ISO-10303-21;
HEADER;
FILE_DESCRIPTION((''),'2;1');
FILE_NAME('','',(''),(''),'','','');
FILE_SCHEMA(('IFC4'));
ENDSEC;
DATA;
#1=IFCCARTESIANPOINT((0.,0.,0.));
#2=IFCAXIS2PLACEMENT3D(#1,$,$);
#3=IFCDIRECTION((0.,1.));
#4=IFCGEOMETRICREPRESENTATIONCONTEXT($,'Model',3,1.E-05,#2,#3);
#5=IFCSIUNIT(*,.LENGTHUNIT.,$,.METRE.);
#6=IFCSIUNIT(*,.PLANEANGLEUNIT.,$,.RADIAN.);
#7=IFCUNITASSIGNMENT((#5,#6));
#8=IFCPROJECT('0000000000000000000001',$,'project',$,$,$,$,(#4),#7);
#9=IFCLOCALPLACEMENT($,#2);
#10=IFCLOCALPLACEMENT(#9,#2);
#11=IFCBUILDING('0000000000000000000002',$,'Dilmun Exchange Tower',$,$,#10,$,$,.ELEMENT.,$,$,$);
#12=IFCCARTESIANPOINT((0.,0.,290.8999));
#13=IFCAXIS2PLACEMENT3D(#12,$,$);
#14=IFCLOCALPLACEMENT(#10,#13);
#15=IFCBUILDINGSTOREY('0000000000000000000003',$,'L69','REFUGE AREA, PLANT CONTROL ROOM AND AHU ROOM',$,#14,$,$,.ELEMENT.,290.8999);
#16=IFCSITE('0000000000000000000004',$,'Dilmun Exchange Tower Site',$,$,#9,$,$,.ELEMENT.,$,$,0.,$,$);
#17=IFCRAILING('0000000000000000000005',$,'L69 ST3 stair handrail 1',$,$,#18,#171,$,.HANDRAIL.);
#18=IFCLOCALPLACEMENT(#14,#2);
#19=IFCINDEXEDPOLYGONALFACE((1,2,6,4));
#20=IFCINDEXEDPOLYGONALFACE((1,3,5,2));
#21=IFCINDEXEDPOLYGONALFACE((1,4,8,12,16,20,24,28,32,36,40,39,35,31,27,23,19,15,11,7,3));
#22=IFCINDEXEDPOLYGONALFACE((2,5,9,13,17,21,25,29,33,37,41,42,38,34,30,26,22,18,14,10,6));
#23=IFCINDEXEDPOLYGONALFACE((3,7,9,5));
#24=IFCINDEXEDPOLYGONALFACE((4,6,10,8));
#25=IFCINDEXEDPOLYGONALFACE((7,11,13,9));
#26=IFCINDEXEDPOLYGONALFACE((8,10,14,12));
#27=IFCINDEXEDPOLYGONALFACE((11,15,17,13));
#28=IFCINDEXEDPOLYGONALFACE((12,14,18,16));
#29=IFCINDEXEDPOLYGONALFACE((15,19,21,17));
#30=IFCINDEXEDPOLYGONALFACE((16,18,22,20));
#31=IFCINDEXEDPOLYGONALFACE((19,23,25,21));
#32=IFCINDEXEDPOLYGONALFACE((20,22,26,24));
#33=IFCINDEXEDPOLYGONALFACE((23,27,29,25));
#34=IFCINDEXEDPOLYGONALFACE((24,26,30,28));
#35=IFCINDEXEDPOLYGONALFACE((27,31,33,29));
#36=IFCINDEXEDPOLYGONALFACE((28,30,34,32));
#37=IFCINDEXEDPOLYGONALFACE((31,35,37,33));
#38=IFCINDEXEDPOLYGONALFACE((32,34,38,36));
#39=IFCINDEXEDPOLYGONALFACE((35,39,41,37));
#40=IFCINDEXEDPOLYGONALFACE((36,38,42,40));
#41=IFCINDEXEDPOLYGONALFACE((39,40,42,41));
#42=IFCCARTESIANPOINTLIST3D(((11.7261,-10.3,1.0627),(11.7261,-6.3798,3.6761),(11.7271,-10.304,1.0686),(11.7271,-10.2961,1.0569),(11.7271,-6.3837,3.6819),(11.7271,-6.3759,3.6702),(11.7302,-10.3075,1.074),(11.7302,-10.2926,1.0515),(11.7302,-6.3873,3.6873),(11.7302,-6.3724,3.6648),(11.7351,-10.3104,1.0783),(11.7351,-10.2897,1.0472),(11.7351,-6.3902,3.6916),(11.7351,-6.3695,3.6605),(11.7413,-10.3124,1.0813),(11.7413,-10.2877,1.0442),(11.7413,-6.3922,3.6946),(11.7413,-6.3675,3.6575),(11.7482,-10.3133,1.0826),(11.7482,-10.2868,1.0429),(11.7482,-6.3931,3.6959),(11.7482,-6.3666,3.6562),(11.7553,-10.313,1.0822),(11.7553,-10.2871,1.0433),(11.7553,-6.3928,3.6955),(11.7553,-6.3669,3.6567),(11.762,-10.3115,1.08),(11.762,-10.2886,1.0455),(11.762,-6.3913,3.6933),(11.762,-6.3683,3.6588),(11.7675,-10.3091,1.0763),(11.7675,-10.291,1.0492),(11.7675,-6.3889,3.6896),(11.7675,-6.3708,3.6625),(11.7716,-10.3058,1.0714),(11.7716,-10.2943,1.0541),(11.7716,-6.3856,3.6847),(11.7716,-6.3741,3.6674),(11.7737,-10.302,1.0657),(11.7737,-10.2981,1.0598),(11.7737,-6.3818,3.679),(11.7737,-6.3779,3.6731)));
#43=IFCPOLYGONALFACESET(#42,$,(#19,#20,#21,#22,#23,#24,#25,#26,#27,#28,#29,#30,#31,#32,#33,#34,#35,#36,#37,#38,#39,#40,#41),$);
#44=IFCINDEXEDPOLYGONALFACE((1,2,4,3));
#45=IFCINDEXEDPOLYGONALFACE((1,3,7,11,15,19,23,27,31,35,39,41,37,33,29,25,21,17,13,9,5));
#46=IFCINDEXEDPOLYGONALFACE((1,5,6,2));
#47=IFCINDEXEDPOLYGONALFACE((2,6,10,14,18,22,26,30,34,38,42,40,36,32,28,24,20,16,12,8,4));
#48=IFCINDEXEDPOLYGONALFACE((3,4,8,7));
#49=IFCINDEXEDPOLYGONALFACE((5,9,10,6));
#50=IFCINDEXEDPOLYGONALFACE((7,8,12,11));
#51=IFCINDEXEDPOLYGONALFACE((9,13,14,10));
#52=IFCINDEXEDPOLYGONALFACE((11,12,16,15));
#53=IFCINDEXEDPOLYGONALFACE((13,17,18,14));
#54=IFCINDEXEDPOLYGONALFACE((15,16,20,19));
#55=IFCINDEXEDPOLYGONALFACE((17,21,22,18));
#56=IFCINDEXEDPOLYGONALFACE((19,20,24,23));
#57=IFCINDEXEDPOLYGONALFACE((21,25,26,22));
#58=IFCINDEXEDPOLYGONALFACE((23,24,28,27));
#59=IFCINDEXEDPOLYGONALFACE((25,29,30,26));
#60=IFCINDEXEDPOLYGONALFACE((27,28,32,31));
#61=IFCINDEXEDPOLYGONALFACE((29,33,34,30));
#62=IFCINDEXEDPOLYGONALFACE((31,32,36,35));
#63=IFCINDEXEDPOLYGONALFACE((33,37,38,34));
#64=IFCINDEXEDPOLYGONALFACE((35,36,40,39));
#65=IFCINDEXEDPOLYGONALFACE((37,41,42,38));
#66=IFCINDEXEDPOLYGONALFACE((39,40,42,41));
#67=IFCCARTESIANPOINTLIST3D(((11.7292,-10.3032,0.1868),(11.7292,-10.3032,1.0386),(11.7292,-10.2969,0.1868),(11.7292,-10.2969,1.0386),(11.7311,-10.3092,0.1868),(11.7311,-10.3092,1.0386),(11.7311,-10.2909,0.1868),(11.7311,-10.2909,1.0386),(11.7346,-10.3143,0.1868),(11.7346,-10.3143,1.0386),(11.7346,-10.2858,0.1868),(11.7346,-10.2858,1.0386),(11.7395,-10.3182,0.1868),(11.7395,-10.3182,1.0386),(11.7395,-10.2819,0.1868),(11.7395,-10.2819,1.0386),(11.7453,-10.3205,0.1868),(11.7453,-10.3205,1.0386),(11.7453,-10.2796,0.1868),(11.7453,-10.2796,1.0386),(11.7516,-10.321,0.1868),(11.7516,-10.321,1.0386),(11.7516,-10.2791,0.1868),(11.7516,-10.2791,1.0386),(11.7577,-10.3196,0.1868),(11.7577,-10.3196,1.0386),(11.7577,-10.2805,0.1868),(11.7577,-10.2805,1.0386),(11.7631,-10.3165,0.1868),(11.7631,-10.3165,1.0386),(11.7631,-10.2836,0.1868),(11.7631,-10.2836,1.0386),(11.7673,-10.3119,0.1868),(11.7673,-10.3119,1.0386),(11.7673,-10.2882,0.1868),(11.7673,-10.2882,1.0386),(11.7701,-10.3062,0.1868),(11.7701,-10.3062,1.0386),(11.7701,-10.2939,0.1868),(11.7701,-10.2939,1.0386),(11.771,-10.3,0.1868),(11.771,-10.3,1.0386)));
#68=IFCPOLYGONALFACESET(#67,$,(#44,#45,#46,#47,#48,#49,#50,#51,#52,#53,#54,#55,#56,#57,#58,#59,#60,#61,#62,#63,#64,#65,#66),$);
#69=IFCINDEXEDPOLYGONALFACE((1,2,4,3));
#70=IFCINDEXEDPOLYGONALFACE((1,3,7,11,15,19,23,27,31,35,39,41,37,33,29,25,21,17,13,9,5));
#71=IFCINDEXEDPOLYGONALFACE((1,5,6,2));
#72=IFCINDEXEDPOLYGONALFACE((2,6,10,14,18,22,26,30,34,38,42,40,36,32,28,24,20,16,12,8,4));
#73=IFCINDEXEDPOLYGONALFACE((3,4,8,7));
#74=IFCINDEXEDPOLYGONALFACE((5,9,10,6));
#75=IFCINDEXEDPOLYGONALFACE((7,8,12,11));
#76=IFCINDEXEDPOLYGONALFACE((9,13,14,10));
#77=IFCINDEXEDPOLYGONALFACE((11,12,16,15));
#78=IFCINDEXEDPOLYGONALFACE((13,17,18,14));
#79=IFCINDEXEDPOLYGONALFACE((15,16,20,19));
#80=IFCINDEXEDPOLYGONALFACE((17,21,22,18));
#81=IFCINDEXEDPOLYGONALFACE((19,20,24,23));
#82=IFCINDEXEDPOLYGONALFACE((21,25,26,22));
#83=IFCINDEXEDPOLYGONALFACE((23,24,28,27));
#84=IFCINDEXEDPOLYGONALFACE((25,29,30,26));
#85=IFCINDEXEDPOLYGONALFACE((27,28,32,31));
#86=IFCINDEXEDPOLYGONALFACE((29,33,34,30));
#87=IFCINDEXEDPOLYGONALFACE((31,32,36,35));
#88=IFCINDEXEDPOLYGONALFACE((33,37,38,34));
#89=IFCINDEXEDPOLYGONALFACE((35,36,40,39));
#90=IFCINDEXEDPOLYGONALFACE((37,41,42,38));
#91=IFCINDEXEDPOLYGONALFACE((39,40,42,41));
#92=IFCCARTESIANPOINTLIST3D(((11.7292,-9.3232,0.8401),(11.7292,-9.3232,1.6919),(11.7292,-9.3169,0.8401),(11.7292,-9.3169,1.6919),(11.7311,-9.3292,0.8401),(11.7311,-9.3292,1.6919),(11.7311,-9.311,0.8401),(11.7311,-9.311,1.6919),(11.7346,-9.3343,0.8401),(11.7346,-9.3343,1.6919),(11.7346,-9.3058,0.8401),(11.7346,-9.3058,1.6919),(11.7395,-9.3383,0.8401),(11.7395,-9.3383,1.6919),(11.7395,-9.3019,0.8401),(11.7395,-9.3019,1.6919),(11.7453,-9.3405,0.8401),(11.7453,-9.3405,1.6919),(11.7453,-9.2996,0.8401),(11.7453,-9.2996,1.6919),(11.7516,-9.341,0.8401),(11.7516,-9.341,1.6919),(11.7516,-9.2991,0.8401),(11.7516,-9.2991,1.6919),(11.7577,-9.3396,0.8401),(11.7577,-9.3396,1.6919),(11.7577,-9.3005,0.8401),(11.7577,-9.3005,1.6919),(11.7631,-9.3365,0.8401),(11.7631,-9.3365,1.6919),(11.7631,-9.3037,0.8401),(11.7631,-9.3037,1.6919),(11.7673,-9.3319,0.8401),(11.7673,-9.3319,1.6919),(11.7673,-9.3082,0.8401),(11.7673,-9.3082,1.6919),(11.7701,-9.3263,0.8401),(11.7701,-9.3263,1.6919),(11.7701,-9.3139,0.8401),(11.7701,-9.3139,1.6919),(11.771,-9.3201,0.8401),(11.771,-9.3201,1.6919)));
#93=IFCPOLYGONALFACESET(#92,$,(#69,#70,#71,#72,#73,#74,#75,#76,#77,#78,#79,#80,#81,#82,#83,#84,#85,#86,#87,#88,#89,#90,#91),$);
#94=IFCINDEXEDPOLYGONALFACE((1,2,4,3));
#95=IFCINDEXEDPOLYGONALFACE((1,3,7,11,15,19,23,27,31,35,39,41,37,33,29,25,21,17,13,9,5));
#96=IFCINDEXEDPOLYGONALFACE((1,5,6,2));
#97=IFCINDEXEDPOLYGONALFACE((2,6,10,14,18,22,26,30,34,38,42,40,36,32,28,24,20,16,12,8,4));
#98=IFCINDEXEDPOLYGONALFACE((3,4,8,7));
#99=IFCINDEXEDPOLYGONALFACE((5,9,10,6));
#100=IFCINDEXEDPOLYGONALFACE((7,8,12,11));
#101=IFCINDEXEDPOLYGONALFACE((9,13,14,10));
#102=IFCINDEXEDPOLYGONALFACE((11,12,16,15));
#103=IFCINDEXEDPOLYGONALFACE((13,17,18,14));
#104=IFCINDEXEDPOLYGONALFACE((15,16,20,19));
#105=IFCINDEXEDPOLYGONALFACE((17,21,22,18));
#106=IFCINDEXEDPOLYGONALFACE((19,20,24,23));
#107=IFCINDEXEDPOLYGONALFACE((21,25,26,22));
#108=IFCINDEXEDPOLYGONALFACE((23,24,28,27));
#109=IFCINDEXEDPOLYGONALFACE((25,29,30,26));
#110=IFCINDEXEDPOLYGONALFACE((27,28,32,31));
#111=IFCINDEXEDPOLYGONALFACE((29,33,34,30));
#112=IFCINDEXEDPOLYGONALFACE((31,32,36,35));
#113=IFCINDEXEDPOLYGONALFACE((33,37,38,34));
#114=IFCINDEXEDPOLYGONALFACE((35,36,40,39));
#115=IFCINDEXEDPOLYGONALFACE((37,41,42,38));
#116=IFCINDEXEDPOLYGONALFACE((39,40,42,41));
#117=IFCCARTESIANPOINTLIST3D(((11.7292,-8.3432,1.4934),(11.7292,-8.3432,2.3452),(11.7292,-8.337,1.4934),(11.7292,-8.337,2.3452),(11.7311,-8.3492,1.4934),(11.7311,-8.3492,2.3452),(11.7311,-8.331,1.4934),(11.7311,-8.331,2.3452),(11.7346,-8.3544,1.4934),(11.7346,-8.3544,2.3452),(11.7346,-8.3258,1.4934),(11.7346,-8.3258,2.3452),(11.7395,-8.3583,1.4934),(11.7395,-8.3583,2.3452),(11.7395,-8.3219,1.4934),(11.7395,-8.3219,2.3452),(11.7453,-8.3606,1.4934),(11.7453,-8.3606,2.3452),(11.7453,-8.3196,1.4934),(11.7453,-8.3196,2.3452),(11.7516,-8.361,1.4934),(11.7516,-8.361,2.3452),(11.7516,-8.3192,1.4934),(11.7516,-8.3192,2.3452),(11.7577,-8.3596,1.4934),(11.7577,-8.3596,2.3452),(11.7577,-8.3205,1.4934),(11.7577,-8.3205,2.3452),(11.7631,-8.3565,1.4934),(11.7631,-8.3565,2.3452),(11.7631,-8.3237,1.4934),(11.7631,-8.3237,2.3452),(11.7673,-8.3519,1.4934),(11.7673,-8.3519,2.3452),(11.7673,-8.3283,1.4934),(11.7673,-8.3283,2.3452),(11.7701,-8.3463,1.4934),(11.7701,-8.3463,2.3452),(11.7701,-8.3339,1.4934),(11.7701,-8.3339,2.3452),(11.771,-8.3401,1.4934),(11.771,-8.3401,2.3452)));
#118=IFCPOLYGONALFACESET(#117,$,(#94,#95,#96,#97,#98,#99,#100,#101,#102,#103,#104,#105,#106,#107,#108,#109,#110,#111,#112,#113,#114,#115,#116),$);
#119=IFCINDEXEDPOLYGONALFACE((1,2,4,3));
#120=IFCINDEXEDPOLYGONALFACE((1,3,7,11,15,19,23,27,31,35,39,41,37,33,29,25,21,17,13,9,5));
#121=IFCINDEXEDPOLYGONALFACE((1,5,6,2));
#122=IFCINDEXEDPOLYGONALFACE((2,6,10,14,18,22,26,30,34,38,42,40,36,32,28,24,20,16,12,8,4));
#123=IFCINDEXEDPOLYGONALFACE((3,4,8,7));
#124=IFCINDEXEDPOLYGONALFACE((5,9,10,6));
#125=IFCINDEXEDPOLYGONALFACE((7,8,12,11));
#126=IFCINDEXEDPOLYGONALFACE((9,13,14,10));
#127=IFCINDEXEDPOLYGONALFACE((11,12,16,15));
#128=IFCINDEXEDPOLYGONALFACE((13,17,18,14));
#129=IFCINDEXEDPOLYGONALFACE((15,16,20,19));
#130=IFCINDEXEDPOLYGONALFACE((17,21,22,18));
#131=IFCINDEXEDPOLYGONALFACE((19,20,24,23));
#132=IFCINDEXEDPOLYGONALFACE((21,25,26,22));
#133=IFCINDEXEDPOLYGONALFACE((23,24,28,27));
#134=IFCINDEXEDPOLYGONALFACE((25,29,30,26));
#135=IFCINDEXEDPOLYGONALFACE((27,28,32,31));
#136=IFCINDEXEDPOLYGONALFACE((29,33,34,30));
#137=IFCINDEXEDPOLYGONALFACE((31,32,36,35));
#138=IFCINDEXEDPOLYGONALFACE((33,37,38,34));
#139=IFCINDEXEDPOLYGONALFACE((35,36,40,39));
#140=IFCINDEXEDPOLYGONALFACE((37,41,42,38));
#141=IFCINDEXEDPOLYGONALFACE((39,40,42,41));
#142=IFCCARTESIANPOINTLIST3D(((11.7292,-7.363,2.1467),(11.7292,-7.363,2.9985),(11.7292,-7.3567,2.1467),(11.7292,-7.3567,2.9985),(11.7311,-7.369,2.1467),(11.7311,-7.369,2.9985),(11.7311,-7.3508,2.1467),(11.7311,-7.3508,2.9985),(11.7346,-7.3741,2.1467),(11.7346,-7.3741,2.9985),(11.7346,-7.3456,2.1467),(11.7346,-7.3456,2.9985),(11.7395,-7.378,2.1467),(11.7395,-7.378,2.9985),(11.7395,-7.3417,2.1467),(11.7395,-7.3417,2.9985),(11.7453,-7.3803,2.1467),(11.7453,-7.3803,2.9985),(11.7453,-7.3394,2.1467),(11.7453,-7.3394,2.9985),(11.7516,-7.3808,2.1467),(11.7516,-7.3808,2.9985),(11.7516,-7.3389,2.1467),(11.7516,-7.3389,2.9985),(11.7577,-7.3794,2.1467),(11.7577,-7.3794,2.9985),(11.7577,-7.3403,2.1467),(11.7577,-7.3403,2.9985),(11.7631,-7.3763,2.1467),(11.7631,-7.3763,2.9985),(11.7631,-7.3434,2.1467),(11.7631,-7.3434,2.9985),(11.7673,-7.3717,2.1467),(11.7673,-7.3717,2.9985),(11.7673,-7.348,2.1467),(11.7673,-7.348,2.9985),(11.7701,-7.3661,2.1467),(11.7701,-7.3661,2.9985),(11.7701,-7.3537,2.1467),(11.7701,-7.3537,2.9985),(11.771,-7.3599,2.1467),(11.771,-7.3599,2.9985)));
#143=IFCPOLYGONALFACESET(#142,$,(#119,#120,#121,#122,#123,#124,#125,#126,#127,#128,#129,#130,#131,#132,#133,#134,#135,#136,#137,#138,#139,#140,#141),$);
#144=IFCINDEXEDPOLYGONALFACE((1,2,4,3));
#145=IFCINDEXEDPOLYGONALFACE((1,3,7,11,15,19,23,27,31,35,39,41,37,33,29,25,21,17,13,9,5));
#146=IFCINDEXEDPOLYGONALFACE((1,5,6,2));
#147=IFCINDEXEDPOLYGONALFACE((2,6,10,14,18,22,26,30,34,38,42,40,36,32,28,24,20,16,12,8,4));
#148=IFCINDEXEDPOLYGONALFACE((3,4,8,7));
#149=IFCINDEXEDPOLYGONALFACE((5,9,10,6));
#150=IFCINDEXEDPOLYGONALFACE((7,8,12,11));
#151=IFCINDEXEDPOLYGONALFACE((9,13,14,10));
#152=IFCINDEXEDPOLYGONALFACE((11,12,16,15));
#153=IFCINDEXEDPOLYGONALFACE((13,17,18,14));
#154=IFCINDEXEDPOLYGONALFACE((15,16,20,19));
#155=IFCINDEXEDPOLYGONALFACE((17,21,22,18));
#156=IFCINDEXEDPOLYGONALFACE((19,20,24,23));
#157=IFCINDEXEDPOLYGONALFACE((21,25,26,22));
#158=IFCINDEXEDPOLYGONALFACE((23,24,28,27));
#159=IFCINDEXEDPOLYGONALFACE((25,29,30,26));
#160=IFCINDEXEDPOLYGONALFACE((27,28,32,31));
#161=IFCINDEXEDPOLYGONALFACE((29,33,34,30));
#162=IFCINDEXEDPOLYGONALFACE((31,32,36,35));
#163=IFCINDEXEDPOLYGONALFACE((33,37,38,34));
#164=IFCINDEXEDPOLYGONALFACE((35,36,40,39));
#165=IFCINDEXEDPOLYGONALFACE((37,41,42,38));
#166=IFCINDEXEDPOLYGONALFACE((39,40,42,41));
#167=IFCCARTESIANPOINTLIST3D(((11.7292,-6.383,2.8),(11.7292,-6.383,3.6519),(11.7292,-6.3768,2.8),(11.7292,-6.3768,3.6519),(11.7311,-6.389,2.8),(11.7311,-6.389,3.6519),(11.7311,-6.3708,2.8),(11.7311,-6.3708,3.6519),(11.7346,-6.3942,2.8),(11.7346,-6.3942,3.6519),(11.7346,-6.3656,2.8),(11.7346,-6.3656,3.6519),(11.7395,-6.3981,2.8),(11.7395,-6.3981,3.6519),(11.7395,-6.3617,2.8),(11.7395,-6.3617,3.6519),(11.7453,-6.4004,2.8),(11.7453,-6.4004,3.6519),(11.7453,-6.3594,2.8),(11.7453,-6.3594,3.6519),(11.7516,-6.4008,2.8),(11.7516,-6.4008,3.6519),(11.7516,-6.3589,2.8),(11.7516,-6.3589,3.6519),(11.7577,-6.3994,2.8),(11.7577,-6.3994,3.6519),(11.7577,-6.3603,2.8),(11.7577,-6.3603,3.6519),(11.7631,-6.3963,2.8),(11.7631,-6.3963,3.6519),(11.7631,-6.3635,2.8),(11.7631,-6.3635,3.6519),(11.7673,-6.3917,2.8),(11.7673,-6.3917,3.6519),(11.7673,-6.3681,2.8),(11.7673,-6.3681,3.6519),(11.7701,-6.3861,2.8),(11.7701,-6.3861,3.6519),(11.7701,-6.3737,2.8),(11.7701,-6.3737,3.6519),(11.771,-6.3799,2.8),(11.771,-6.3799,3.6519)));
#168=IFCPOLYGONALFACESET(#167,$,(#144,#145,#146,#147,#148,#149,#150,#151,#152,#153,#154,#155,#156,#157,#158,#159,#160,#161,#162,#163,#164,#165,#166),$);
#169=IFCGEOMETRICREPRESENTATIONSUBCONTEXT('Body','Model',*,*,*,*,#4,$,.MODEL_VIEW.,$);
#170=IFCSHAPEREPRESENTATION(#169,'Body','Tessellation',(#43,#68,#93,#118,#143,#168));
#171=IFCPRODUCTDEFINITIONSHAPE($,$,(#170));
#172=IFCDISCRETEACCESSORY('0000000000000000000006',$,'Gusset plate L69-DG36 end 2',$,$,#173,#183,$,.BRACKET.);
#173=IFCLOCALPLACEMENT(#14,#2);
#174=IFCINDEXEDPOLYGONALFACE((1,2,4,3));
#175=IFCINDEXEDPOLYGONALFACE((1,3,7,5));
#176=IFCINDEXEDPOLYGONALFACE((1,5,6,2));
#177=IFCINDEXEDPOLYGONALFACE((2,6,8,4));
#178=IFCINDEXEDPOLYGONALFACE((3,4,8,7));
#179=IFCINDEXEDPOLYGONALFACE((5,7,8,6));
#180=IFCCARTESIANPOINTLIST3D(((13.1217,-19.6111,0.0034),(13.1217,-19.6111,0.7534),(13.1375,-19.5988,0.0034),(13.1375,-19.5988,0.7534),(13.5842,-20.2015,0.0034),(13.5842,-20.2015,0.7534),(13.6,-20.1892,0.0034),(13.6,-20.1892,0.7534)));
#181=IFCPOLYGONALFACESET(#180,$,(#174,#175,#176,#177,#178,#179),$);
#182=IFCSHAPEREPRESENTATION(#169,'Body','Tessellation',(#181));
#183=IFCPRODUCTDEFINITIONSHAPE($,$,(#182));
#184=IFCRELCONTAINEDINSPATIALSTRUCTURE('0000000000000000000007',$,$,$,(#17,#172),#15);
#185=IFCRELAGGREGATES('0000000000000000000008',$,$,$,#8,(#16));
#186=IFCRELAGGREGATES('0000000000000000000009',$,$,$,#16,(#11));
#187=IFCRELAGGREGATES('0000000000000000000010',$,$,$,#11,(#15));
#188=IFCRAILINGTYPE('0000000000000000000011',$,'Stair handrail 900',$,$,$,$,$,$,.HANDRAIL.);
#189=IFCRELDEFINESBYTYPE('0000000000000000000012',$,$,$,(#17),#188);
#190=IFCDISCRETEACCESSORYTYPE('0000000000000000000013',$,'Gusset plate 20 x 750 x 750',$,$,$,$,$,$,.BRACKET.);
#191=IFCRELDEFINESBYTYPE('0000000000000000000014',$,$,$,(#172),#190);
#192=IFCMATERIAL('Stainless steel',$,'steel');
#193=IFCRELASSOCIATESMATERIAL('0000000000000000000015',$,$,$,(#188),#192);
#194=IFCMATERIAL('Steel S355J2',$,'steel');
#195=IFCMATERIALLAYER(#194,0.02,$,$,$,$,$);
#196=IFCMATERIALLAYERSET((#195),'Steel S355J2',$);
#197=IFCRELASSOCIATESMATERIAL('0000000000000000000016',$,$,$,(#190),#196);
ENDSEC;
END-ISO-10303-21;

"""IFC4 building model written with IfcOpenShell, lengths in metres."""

from ifc_helpers import new_model, si_unit, direction, frame, origin, origin_2d, place, context, subcontext, project, spatial, rectangle, circle, extrude, material, layer, layer_set, type_object, element, save


model = new_model("IFC4")

# Units and contexts
model_context = context("Model", 3, precision=1e-05, world=origin(), true_north=direction((0.0, 1.0)))
body_context = subcontext(model_context, "Body", "Model", "MODEL_VIEW")
ifc_project = project(units=[si_unit("LENGTHUNIT", "METRE"), si_unit("PLANEANGLEUNIT", "RADIAN")], contexts=[model_context])

# Site, building, storey
site_placement = place(None, origin())
site = spatial("IfcSite", under=ifc_project, at=site_placement, Name="Dilmun Exchange Tower Site", CompositionType="ELEMENT", RefElevation=0.0)
building_placement = place(site_placement, origin())
building = spatial("IfcBuilding", under=site, at=building_placement, Name="Dilmun Exchange Tower", CompositionType="ELEMENT")
storey_placement = place(building_placement, frame((0.0, 0.0, 290.8999)))
storey = spatial("IfcBuildingStorey", under=building, at=storey_placement, Name="L69", Description="REFUGE AREA, PLANT CONTROL ROOM AND AHU ROOM", CompositionType="ELEMENT", Elevation=290.8999)

# Railing
ifc_material_1 = material(Name="Stainless steel", Category="steel")
railing_type = type_object("IfcRailingType", Name="Stair handrail 900", PredefinedType="HANDRAIL", material=ifc_material_1)
railing_placement = place(storey_placement, frame((11.75, -10.3, 0.1868)))
element("IfcRailing", 1, at=railing_placement, inside=storey, type_object=railing_type, Name="L69 ST3 stair handrail 1", PredefinedType="HANDRAIL", context=body_context, shape_type="SweptSolid", body=[
    extrude(circle(Radius=0.0239, at=origin_2d()), frame((0.0, 0.0, 0.876), z_axis=(0.0, 0.832066, 0.554676), x_axis=(-1.0, 0.0, 0.0)), (0.0, 0.0, 1.0), 4.7114),
    extrude(circle(Radius=0.021, at=origin_2d()), origin(), (0.0, 0.0, 1.0), 0.8518),
    extrude(circle(Radius=0.021, at=origin_2d()), frame((0.0, 0.98, 0.6533)), (0.0, 0.0, 1.0), 0.8518),
    extrude(circle(Radius=0.021, at=origin_2d()), frame((0.0, 1.96, 1.3066)), (0.0, 0.0, 1.0), 0.8518),
    extrude(circle(Radius=0.021, at=origin_2d()), frame((0.0, 2.9402, 1.96)), (0.0, 0.0, 1.0), 0.8518),
    extrude(circle(Radius=0.021, at=origin_2d()), frame((0.0, 3.9202, 2.6133)), (0.0, 0.0, 1.0), 0.8518),
])

# Discrete accessory
ifc_material_2 = material(Name="Steel S355J2", Category="steel")
ifc_layer_1 = layer(ifc_material_2, 0.02)
ifc_layer_set_1 = layer_set([ifc_layer_1], Name="Steel S355J2")
discrete_accessory_type = type_object("IfcDiscreteAccessoryType", Name="Gusset plate 20 x 750 x 750", PredefinedType="BRACKET", material=ifc_layer_set_1)
discrete_accessory_placement = place(storey_placement, frame((13.3608, -19.9001, 0.0034), z_axis=(0.0, 0.0, 1.0), x_axis=(-0.616698, 0.7872, 0.0)))
element("IfcDiscreteAccessory", 2, at=discrete_accessory_placement, inside=storey, type_object=discrete_accessory_type, Name="Gusset plate L69-DG36 end 2", PredefinedType="BRACKET", context=body_context, shape_type="SweptSolid", body=[
    extrude(rectangle(XDim=0.75, YDim=0.02, at=origin_2d()), origin(), (0.0, 0.0, 1.0), 0.75),
])

save(model, "model.ifc")
